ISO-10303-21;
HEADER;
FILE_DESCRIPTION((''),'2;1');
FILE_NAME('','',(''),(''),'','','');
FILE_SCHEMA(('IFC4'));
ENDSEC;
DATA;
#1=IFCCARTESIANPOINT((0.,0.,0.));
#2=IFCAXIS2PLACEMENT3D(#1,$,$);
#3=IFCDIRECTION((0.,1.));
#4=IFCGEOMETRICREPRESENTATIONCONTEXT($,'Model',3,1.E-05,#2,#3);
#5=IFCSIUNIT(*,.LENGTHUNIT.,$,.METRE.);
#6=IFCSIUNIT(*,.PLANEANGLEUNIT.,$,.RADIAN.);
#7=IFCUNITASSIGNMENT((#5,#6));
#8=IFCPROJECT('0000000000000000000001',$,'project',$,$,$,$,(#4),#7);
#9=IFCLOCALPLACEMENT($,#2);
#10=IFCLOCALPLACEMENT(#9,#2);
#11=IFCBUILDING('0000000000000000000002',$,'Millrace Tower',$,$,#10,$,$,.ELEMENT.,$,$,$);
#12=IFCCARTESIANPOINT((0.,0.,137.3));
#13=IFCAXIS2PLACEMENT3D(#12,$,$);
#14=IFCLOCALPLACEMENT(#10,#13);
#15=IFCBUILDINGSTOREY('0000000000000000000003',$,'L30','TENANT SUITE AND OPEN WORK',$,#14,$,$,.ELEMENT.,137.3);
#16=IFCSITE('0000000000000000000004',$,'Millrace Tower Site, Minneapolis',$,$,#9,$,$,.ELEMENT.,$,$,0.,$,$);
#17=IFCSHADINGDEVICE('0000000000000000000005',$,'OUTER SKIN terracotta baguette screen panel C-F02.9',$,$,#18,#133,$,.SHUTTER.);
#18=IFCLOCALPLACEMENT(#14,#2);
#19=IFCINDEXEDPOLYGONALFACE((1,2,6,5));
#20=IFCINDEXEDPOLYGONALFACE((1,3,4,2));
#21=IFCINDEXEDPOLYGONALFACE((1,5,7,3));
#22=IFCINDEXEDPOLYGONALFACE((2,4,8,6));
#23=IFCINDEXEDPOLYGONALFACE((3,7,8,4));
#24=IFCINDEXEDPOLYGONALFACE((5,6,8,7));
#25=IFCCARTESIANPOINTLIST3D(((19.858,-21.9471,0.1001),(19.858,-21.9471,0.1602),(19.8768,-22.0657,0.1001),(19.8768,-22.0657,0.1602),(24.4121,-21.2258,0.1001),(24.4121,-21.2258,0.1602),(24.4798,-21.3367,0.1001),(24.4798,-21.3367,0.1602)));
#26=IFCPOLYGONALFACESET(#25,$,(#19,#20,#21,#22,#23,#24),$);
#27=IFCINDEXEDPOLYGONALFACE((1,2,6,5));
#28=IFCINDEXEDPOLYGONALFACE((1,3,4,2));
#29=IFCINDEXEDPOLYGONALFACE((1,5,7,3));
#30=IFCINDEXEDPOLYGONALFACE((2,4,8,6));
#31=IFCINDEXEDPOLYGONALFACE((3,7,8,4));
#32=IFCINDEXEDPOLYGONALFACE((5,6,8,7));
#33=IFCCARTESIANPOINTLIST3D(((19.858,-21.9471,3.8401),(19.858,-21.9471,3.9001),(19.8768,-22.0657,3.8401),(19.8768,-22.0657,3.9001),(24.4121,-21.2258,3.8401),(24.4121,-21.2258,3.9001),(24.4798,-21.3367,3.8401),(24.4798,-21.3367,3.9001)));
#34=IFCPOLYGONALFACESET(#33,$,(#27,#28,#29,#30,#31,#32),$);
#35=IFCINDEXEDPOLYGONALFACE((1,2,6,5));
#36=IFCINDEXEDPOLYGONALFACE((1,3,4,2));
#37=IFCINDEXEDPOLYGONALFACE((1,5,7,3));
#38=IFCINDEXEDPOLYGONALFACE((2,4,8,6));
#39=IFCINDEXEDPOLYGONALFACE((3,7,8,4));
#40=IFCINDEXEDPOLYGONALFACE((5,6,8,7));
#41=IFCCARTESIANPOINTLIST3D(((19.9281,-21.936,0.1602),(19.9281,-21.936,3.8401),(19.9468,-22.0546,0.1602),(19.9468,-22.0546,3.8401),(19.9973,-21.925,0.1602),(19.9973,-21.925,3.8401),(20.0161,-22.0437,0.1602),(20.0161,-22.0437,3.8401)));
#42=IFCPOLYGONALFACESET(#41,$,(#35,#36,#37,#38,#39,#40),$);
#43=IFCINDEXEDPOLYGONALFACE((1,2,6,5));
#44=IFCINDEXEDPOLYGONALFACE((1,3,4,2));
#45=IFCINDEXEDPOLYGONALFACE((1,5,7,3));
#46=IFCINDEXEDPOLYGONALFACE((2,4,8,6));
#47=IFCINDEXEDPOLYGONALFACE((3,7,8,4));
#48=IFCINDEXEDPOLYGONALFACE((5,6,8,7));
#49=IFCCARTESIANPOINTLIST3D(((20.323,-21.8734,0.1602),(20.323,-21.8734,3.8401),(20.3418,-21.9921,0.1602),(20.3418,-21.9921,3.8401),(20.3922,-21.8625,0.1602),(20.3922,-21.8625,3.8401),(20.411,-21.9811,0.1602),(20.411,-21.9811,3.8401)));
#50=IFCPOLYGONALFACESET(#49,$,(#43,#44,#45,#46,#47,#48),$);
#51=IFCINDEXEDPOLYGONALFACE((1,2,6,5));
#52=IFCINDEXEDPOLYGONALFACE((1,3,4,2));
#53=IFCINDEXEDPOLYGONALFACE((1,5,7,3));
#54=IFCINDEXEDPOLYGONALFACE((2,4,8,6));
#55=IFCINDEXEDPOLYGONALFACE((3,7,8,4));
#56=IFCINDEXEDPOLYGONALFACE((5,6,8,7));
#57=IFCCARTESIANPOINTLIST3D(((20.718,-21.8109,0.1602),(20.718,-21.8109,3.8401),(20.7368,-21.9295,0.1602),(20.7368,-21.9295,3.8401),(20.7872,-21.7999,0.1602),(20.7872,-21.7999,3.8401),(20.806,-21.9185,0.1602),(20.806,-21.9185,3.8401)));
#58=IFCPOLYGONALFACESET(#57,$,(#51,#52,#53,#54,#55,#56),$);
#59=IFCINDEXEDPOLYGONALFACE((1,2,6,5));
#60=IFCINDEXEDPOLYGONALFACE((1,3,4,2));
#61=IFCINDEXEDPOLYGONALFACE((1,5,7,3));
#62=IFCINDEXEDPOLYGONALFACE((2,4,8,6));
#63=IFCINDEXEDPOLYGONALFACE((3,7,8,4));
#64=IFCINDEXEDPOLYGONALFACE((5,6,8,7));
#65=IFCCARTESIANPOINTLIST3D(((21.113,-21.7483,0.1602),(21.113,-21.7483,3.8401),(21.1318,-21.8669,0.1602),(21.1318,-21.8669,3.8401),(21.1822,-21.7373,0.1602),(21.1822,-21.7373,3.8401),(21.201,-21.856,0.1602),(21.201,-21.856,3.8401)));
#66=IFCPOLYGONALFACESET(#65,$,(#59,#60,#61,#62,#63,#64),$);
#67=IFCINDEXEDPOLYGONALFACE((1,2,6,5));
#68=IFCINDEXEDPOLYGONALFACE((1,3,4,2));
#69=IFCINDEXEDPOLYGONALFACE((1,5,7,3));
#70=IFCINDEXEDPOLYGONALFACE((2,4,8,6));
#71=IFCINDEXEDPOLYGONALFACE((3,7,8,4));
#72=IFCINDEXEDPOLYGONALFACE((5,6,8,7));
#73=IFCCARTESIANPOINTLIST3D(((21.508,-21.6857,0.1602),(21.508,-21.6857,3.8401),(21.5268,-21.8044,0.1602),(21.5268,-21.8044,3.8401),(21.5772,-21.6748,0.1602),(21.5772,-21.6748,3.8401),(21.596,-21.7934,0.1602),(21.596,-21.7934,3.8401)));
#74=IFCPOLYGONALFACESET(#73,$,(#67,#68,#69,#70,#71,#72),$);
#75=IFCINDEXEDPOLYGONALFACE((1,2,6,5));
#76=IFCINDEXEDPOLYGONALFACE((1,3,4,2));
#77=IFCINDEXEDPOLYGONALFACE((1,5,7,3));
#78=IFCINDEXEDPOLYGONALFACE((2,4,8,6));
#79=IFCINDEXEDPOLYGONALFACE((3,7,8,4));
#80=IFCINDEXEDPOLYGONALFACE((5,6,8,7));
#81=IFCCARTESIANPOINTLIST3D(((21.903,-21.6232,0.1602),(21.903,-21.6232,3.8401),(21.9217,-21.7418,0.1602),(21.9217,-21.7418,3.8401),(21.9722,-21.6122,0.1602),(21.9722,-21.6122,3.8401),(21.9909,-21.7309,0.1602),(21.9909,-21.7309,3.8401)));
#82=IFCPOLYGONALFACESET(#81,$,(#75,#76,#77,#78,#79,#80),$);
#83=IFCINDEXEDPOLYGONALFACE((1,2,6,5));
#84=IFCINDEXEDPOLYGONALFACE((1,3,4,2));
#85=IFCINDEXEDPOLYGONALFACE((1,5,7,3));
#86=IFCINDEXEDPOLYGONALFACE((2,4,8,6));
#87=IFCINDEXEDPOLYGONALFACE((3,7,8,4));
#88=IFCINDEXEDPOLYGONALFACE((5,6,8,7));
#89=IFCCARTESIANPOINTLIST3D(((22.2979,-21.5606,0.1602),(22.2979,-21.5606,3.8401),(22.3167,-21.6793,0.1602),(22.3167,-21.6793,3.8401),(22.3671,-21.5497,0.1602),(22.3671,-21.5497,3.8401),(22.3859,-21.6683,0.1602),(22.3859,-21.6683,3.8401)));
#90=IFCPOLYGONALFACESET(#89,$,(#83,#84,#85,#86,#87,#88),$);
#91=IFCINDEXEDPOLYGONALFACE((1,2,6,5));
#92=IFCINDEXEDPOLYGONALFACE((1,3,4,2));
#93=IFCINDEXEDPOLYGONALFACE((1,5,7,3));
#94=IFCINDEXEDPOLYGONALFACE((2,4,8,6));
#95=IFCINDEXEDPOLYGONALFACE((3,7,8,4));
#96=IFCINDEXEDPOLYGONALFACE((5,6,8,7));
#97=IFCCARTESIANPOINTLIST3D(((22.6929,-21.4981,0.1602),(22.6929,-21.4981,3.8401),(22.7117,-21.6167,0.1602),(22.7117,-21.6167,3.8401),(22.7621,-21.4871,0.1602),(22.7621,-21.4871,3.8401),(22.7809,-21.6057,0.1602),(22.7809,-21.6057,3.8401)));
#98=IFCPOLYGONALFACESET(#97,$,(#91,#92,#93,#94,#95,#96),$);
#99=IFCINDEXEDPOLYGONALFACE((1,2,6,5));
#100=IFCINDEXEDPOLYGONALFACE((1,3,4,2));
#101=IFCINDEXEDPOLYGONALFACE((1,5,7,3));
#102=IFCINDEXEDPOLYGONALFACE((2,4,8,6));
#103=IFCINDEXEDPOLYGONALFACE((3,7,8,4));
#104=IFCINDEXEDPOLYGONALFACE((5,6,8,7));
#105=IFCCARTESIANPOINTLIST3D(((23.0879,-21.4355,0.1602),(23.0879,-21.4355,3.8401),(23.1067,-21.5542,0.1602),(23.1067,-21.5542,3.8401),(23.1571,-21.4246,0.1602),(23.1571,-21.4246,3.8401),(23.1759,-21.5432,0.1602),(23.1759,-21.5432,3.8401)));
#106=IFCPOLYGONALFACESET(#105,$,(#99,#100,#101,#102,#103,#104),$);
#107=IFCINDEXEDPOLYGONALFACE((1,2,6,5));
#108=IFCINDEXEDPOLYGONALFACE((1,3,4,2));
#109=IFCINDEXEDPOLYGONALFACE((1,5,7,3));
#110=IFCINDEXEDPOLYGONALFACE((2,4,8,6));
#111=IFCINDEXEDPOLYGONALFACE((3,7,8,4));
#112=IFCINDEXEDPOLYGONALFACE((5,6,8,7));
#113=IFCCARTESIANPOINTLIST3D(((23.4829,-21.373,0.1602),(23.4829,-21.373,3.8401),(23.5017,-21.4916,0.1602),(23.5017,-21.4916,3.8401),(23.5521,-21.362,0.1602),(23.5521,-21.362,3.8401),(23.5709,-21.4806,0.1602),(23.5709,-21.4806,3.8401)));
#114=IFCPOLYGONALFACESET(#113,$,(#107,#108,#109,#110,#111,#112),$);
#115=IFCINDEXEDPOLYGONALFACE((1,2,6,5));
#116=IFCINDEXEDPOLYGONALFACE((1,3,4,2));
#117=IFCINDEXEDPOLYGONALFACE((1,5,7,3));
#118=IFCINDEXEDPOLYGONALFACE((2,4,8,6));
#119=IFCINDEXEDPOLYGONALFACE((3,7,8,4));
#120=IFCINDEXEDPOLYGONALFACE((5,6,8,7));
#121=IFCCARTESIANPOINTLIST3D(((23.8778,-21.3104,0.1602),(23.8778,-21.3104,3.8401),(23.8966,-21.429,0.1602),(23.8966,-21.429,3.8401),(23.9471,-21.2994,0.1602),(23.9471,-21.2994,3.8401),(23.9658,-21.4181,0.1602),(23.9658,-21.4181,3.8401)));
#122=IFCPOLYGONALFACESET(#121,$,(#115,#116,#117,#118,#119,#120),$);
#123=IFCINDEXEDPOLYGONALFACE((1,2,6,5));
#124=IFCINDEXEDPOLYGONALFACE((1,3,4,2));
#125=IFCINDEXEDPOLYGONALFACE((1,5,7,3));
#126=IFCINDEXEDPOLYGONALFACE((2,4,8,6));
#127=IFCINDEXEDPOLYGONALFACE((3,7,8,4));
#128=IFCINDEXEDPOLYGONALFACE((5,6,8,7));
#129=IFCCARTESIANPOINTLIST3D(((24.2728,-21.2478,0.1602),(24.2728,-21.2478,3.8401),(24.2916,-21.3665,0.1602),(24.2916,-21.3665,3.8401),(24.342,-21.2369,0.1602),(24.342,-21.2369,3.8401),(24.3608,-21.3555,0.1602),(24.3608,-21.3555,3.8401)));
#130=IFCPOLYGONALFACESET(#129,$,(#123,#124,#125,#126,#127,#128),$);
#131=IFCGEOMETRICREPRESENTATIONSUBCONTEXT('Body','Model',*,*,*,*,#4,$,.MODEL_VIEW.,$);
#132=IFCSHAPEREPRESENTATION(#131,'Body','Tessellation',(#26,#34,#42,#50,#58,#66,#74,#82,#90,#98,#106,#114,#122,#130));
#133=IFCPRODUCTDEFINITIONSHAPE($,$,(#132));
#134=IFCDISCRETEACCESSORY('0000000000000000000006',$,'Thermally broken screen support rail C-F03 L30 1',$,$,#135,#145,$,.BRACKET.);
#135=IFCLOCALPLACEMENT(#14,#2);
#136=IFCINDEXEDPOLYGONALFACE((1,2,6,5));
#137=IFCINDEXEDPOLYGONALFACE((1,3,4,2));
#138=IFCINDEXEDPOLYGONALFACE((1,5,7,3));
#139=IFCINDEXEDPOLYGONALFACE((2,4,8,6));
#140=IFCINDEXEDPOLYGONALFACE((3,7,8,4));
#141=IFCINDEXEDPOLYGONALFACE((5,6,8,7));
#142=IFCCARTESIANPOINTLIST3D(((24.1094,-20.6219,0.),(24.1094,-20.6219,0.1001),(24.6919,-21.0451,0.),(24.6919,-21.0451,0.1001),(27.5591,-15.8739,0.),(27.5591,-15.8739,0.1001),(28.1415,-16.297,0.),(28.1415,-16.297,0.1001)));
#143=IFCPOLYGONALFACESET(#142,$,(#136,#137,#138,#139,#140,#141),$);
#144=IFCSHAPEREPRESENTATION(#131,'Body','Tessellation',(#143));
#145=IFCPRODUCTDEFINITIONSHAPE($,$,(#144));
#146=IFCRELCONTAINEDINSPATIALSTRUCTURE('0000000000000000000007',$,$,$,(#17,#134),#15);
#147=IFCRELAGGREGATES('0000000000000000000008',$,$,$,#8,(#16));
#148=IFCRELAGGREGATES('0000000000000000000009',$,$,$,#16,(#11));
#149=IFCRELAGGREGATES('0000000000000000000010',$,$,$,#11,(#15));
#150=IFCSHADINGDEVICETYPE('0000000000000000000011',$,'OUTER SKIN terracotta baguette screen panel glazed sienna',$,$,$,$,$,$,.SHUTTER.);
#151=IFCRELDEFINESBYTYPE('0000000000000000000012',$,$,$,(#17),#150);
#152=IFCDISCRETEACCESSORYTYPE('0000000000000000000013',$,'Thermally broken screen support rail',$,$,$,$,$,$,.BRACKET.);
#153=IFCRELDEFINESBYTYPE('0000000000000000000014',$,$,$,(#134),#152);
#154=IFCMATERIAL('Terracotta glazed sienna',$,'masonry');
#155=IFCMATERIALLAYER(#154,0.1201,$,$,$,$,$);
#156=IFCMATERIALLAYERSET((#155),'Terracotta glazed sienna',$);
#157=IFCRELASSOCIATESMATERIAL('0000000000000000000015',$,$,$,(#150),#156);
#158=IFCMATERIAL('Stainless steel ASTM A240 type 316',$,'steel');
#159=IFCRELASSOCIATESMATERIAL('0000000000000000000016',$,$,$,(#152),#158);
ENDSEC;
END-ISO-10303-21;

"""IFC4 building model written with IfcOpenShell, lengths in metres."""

from ifc_helpers import new_model, entity, si_unit, direction, frame, frame_2d, origin, origin_2d, place, context, subcontext, project, spatial, rectangle, extrude, source, transform, mapped, material, layer, layer_set, type_object, element, save


model = new_model("IFC4")

# Units and contexts
model_context = context("Model", 3, precision=1e-05, world=origin(), true_north=direction((0.0, 1.0)))
body_context = subcontext(model_context, "Body", "Model", "MODEL_VIEW")
ifc_project = project(units=[si_unit("LENGTHUNIT", "METRE"), si_unit("PLANEANGLEUNIT", "RADIAN")], contexts=[model_context])

# Site, building, storey
site_placement = place(None, origin())
site = spatial("IfcSite", under=ifc_project, at=site_placement, Name="Millrace Tower Site, Minneapolis", CompositionType="ELEMENT", RefElevation=0.0)
building_placement = place(site_placement, origin())
building = spatial("IfcBuilding", under=site, at=building_placement, Name="Millrace Tower", CompositionType="ELEMENT")
storey_placement = place(building_placement, frame((0.0, 0.0, 137.3)))
storey = spatial("IfcBuildingStorey", under=building, at=storey_placement, Name="L30", Description="TENANT SUITE AND OPEN WORK", CompositionType="ELEMENT", Elevation=137.3)

# Shading device
ifc_material_1 = material(Name="Terracotta glazed sienna", Category="masonry")
ifc_layer_1 = layer(ifc_material_1, 0.1201)
ifc_layer_set_1 = layer_set([ifc_layer_1], Name="Terracotta glazed sienna")
shading_device_type = type_object("IfcShadingDeviceType", Name="OUTER SKIN terracotta baguette screen panel glazed sienna", PredefinedType="SHUTTER", material=ifc_layer_set_1)
cartesian_point_1 = entity("IfcCartesianPoint", [-2.3179, 0.0601])
shared_polyline_1 = entity("IfcPolyline", [cartesian_point_1, entity("IfcCartesianPoint", [2.293, 0.0601]), entity("IfcCartesianPoint", [2.3425, -0.0601]), entity("IfcCartesianPoint", [-2.3179, -0.0601]), cartesian_point_1])
shared_shape_1 = source(origin(), body_context, "Body", "SweptSolid", [
    entity("IfcExtrudedAreaSolid", entity("IfcArbitraryClosedProfileDef", "AREA", None, shared_polyline_1), entity("IfcAxis2Placement3D", entity("IfcCartesianPoint", [0.0, 0.0, 0.0])), entity("IfcDirection", [0.0, 0.0, 1.0]), 0.0601),
    entity("IfcExtrudedAreaSolid", entity("IfcArbitraryClosedProfileDef", "AREA", None, shared_polyline_1), entity("IfcAxis2Placement3D", entity("IfcCartesianPoint", [0.0, 0.0, 3.74])), entity("IfcDirection", [0.0, 0.0, 1.0]), 0.0601),
    extrude(rectangle(XDim=0.0701, YDim=0.1201, at=frame_2d((-2.2119, 0.0))), frame((0.0, 0.0, 0.0601)), (0.0, 0.0, 1.0), 3.6799),
    extrude(rectangle(XDim=0.0701, YDim=0.1201, at=frame_2d((-1.812, 0.0))), frame((0.0, 0.0, 0.0601)), (0.0, 0.0, 1.0), 3.6799),
    extrude(rectangle(XDim=0.0701, YDim=0.1201, at=frame_2d((-1.4121, 0.0))), frame((0.0, 0.0, 0.0601)), (0.0, 0.0, 1.0), 3.6799),
    extrude(rectangle(XDim=0.0701, YDim=0.1201, at=frame_2d((-1.0122, 0.0))), frame((0.0, 0.0, 0.0601)), (0.0, 0.0, 1.0), 3.6799),
    extrude(rectangle(XDim=0.0701, YDim=0.1201, at=frame_2d((-0.6123, 0.0))), frame((0.0, 0.0, 0.0601)), (0.0, 0.0, 1.0), 3.6799),
    extrude(rectangle(XDim=0.0701, YDim=0.1201, at=frame_2d((-0.2124, 0.0))), frame((0.0, 0.0, 0.0601)), (0.0, 0.0, 1.0), 3.6799),
    extrude(rectangle(XDim=0.0701, YDim=0.1201, at=frame_2d((0.1875, 0.0))), frame((0.0, 0.0, 0.0601)), (0.0, 0.0, 1.0), 3.6799),
    extrude(rectangle(XDim=0.0701, YDim=0.1201, at=frame_2d((0.5874, 0.0))), frame((0.0, 0.0, 0.0601)), (0.0, 0.0, 1.0), 3.6799),
    extrude(rectangle(XDim=0.0701, YDim=0.1201, at=frame_2d((0.9873, 0.0))), frame((0.0, 0.0, 0.0601)), (0.0, 0.0, 1.0), 3.6799),
    extrude(rectangle(XDim=0.0701, YDim=0.1201, at=frame_2d((1.3872, 0.0))), frame((0.0, 0.0, 0.0601)), (0.0, 0.0, 1.0), 3.6799),
    extrude(rectangle(XDim=0.0701, YDim=0.1201, at=frame_2d((1.7871, 0.0))), frame((0.0, 0.0, 0.0601)), (0.0, 0.0, 1.0), 3.6799),
    extrude(rectangle(XDim=0.0701, YDim=0.1201, at=frame_2d((2.187, 0.0))), frame((0.0, 0.0, 0.0601)), (0.0, 0.0, 1.0), 3.6799),
])
shading_device_1_placement = place(storey_placement, frame((22.1567, -21.6438, 0.1001), z_axis=(0.0, 0.0, 1.0), x_axis=(0.987688, 0.156434, 0.0)))
element("IfcShadingDevice", 1, at=shading_device_1_placement, inside=storey, type_object=shading_device_type, Name="OUTER SKIN terracotta baguette screen panel C-F02.9", PredefinedType="SHUTTER", context=body_context, shape_type="MappedRepresentation", body=[
    mapped(shared_shape_1, transform((0.0, 0.0, 0.0), scale=1.0)),
])

# Discrete accessory
ifc_material_2 = material(Name="Stainless steel ASTM A240 type 316", Category="steel")
discrete_accessory_type = type_object("IfcDiscreteAccessoryType", Name="Thermally broken screen support rail", PredefinedType="BRACKET", material=ifc_material_2)
discrete_accessory_placement = place(storey_placement, frame((26.1255, -18.4595, 0.0), z_axis=(0.0, 0.0, 1.0), x_axis=(0.587785, 0.809017, 0.0)))
element("IfcDiscreteAccessory", 2, at=discrete_accessory_placement, inside=storey, type_object=discrete_accessory_type, Name="Thermally broken screen support rail C-F03 L30 1", PredefinedType="BRACKET", context=body_context, shape_type="SweptSolid", body=[
    extrude(rectangle(XDim=5.8689, YDim=0.72, at=origin_2d()), origin(), (0.0, 0.0, 1.0), 0.1001),
])

save(model, "model.ifc")
